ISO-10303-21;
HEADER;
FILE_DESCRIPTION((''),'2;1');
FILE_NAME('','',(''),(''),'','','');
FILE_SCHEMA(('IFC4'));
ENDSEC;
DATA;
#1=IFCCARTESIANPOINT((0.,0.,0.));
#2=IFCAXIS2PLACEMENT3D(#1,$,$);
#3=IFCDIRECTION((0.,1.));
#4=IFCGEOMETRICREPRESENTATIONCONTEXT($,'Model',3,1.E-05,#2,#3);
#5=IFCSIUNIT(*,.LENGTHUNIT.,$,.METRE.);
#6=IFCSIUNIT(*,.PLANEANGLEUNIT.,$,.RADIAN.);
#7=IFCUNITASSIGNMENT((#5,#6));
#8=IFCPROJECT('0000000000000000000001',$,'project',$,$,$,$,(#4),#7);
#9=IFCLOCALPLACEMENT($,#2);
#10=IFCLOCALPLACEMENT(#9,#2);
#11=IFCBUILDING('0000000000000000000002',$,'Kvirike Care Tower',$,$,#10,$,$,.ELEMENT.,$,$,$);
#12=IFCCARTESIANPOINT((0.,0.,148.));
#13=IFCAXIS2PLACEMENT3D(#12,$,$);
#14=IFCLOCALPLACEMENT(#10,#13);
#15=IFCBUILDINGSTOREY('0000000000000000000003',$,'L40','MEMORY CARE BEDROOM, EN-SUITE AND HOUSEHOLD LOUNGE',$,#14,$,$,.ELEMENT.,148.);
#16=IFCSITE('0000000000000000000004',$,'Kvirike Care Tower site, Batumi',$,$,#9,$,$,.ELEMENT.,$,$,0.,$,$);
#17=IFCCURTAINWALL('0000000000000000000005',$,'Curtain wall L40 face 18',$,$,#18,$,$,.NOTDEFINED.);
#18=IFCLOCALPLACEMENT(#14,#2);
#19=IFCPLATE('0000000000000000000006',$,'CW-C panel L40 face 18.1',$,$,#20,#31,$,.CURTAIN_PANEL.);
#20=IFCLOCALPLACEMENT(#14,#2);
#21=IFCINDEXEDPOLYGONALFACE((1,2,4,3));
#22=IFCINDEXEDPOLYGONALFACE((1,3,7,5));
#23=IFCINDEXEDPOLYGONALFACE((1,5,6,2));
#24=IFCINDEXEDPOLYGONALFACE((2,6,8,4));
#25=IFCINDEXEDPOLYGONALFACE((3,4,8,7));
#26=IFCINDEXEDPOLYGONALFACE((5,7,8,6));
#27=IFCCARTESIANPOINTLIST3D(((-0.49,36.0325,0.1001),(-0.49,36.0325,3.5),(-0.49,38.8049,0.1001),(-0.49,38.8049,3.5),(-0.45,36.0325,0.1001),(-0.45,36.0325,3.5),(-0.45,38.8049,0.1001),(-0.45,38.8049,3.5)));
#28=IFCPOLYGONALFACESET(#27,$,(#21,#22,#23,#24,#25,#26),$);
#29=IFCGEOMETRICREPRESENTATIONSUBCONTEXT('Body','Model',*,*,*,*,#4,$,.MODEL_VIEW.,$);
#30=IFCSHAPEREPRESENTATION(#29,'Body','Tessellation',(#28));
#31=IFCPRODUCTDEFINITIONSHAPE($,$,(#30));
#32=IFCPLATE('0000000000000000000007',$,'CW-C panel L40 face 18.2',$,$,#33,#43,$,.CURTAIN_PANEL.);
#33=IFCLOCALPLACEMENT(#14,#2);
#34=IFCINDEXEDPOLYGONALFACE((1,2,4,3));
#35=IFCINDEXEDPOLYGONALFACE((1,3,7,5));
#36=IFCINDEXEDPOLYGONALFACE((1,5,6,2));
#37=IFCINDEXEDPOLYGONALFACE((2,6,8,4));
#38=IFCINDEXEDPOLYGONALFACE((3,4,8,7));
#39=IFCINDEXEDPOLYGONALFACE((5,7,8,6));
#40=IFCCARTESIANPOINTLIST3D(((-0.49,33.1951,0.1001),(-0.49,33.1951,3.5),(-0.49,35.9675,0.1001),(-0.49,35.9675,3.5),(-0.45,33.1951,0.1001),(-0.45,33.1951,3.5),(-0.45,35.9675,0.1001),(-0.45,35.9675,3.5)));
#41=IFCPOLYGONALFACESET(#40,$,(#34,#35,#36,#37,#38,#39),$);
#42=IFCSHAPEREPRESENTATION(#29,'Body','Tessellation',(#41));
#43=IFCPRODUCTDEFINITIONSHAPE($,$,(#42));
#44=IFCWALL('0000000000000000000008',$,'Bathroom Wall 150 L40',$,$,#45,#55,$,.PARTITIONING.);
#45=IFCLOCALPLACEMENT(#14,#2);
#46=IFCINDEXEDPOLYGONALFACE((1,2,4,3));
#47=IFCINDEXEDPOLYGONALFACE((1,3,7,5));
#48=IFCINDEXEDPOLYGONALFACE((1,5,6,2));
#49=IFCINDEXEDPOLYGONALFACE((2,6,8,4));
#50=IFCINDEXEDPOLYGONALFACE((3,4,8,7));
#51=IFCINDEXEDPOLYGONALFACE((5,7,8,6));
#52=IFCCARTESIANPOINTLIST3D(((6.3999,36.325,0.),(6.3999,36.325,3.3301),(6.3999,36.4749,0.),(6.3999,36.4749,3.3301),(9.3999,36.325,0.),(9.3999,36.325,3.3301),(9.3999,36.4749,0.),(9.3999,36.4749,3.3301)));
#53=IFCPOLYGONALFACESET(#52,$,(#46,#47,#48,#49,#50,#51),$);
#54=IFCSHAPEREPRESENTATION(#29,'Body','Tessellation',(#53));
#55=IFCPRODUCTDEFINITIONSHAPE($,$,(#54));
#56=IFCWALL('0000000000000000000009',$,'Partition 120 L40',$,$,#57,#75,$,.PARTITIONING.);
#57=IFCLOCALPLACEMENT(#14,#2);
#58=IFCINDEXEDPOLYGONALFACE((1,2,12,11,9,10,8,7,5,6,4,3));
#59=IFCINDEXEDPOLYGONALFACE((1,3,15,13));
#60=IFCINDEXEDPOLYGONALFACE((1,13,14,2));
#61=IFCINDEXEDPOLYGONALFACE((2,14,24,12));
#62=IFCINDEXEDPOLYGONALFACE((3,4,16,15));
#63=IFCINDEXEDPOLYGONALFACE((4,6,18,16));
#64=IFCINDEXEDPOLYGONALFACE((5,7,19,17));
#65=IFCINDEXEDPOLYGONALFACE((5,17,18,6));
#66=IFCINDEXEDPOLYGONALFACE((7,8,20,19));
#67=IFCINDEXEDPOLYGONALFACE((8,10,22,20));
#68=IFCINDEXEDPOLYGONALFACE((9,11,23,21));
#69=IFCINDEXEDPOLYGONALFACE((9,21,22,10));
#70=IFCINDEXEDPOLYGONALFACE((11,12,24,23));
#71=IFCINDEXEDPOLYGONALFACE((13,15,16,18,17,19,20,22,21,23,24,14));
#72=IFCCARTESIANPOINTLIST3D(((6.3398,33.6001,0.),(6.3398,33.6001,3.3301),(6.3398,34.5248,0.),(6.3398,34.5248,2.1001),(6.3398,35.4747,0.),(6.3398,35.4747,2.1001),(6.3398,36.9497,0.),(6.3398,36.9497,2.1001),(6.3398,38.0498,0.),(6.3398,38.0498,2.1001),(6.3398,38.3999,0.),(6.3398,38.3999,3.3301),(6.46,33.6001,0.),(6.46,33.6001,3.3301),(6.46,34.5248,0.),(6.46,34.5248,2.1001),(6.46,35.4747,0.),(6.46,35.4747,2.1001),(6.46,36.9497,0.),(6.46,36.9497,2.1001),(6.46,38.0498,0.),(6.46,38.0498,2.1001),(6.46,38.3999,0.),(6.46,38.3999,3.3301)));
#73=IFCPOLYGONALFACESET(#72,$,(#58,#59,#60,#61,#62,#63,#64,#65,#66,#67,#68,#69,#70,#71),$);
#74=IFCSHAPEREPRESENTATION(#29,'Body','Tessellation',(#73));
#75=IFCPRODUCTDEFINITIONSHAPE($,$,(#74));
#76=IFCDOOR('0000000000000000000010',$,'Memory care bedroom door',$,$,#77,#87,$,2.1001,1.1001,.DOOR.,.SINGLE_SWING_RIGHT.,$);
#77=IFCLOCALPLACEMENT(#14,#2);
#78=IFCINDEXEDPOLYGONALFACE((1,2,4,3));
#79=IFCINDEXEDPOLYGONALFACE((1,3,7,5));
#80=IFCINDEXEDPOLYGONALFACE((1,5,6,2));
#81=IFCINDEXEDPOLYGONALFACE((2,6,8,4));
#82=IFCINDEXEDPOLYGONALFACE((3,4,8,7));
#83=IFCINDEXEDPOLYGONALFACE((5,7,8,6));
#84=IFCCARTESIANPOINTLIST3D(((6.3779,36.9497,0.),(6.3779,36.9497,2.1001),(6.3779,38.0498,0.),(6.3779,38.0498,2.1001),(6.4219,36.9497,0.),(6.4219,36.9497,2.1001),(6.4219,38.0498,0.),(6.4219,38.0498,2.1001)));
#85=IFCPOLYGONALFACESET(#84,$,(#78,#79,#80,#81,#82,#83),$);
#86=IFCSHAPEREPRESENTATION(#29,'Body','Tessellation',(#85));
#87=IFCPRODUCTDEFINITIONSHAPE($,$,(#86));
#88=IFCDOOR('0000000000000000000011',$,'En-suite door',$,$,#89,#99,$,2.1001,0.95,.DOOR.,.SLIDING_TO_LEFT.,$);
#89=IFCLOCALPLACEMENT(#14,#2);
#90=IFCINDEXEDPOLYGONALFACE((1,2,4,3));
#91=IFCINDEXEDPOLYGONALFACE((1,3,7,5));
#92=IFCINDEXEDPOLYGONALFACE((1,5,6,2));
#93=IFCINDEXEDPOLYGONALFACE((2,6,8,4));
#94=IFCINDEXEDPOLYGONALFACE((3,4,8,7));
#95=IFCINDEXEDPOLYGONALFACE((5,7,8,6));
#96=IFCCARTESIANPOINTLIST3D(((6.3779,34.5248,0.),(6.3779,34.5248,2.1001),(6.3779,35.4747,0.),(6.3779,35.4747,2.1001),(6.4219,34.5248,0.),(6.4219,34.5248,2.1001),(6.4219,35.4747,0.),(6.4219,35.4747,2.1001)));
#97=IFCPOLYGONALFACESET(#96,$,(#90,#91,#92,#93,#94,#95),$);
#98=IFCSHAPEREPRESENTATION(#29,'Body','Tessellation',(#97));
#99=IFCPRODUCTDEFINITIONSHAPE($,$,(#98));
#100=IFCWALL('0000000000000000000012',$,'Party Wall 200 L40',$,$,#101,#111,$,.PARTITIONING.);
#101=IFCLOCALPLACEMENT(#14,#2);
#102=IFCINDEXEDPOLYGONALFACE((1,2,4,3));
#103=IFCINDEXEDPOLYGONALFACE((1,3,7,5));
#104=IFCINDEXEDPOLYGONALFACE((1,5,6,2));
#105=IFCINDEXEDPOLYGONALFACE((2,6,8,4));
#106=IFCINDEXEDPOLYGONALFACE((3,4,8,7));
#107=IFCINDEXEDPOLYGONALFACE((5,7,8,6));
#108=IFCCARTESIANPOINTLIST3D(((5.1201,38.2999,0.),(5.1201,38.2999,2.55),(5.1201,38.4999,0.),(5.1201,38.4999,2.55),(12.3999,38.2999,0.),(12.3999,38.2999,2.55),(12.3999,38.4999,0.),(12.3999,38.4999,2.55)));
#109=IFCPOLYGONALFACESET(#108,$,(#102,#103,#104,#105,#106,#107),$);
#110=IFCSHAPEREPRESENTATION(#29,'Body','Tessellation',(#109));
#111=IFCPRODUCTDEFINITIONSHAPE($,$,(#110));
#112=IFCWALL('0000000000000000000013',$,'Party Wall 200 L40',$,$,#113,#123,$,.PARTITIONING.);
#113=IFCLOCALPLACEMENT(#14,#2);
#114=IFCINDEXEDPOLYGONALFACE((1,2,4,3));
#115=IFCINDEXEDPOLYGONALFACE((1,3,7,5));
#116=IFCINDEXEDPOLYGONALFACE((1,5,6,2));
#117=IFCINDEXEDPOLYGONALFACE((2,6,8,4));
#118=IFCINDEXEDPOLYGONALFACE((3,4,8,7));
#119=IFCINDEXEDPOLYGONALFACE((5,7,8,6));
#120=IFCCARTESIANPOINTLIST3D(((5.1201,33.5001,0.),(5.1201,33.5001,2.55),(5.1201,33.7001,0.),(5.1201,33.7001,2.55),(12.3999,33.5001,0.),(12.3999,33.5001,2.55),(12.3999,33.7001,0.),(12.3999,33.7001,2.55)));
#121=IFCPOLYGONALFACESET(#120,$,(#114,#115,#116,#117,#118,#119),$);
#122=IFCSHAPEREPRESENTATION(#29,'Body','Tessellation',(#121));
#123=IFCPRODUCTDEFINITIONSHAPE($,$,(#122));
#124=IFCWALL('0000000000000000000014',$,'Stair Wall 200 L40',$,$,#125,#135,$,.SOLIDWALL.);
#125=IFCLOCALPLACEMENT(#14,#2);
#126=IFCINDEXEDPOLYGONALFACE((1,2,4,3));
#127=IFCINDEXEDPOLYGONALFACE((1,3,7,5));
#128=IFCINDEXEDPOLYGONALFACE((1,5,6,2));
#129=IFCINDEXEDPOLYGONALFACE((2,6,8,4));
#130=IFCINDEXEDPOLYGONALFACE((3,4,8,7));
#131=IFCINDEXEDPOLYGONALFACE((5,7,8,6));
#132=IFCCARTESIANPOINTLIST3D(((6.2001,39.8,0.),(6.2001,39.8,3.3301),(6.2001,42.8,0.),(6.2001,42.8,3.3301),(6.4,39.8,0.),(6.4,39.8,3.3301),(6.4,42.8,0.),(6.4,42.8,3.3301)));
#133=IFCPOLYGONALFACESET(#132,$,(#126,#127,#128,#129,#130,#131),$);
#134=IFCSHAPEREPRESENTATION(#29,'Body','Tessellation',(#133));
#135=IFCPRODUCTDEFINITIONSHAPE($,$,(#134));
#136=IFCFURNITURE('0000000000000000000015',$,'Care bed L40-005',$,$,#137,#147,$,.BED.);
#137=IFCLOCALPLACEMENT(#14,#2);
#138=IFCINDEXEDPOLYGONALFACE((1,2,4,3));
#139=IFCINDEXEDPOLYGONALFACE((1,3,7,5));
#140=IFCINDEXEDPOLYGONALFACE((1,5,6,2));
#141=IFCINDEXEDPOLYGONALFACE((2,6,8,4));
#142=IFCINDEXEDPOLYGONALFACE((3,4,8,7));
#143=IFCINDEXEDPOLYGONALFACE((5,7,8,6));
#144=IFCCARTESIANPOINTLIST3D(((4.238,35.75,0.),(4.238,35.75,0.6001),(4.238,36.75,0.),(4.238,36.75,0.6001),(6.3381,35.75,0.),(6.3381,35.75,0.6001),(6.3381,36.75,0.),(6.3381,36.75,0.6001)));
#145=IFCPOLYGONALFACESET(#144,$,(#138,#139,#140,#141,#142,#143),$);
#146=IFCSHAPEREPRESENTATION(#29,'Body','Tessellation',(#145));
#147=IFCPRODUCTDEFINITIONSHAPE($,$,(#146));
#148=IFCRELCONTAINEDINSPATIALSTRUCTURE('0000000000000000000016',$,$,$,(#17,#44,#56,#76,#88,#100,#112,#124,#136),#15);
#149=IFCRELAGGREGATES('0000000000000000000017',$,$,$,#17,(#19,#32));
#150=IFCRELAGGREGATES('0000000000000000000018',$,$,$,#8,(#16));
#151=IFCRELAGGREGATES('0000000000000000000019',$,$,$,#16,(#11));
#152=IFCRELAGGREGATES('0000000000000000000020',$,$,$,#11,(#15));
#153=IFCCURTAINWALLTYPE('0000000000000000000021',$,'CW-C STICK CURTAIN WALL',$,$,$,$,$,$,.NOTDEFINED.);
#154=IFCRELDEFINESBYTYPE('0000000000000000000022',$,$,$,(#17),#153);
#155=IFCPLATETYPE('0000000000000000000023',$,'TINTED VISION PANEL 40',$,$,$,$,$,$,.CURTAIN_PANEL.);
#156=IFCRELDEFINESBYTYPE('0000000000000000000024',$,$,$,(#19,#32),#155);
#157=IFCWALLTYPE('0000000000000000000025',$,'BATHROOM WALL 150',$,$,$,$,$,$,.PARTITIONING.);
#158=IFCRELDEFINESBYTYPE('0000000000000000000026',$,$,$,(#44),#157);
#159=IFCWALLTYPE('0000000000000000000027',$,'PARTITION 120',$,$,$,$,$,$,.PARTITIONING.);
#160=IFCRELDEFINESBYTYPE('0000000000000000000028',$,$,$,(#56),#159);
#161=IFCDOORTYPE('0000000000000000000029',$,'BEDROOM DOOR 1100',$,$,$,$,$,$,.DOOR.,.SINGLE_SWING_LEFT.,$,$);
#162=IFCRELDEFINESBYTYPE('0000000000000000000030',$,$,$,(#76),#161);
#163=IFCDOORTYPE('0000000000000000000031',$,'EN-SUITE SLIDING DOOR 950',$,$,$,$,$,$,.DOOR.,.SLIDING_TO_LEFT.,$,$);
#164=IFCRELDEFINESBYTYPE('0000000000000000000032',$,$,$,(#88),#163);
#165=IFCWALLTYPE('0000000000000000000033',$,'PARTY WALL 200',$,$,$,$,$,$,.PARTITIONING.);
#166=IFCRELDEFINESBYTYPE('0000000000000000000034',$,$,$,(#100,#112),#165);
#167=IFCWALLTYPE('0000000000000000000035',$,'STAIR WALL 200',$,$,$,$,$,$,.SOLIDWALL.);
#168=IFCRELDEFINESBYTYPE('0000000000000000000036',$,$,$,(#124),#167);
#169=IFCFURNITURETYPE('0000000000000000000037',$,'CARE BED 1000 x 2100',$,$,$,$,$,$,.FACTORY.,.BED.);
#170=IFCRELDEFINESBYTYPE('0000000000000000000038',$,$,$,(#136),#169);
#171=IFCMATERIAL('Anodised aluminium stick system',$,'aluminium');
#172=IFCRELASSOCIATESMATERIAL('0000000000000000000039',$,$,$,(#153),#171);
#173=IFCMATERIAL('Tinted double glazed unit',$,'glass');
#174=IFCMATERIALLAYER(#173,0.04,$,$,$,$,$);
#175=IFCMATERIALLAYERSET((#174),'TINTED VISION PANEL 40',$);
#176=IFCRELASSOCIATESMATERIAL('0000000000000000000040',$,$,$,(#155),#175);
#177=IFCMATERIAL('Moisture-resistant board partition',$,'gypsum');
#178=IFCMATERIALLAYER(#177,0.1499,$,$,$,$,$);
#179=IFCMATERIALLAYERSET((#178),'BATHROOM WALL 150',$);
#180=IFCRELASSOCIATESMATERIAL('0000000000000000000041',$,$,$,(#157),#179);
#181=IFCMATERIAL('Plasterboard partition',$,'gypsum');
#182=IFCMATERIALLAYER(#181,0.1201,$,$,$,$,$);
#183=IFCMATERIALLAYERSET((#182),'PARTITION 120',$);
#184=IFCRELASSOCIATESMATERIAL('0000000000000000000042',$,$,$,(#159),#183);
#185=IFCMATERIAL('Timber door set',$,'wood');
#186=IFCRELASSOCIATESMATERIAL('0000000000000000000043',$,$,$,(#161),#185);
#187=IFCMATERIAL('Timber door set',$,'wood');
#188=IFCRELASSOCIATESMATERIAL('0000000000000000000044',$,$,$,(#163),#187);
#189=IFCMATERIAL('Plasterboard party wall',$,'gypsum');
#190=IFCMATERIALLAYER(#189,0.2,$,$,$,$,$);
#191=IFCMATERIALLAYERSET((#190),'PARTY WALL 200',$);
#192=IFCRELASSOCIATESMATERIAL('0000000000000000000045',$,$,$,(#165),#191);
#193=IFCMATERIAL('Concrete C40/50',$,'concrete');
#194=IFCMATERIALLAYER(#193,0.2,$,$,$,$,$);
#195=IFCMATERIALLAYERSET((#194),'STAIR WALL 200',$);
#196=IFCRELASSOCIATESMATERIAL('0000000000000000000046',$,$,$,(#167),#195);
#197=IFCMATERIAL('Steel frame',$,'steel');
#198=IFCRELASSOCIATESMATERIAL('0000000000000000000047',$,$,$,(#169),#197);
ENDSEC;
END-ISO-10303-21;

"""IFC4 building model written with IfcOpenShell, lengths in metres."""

from ifc_helpers import new_model, si_unit, direction, frame, frame_2d, origin, origin_2d, place, context, subcontext, project, spatial, rectangle, extrude, material, layer, layer_set, type_object, element, fill, aggregate, save


model = new_model("IFC4")

# Units and contexts
model_context = context("Model", 3, precision=1e-05, world=origin(), true_north=direction((0.0, 1.0)))
body_context = subcontext(model_context, "Body", "Model", "MODEL_VIEW")
ifc_project = project(units=[si_unit("LENGTHUNIT", "METRE"), si_unit("PLANEANGLEUNIT", "RADIAN")], contexts=[model_context])

# Site, building, storey
site_placement = place(None, origin())
site = spatial("IfcSite", under=ifc_project, at=site_placement, Name="Kvirike Care Tower site, Batumi", CompositionType="ELEMENT", RefElevation=0.0)
building_placement = place(site_placement, origin())
building = spatial("IfcBuilding", under=site, at=building_placement, Name="Kvirike Care Tower", CompositionType="ELEMENT")
storey_placement = place(building_placement, frame((0.0, 0.0, 148.0)))
storey = spatial("IfcBuildingStorey", under=building, at=storey_placement, Name="L40", Description="MEMORY CARE BEDROOM, EN-SUITE AND HOUSEHOLD LOUNGE", CompositionType="ELEMENT", Elevation=148.0)

# Curtain wall
ifc_material_1 = material(Name="Anodised aluminium stick system", Category="aluminium")
curtain_wall_type = type_object("IfcCurtainWallType", Name="CW-C STICK CURTAIN WALL", PredefinedType="NOTDEFINED", material=ifc_material_1)
curtain_wall_1_placement = place(storey_placement, origin())
curtain_wall_1 = element("IfcCurtainWall", 1, at=curtain_wall_1_placement, inside=storey, type_object=curtain_wall_type, Name="Curtain wall L40 face 18", PredefinedType="NOTDEFINED")

# Plates
ifc_material_2 = material(Name="Tinted double glazed unit", Category="glass")
ifc_layer_1 = layer(ifc_material_2, 0.04)
ifc_layer_set_1 = layer_set([ifc_layer_1], Name="TINTED VISION PANEL 40")
plate_type = type_object("IfcPlateType", Name="TINTED VISION PANEL 40", PredefinedType="CURTAIN_PANEL", material=ifc_layer_set_1)
plate_1_placement = place(storey_placement, frame((-0.47, 37.4187, 0.1001), z_axis=(0.0, 0.0, 1.0), x_axis=(0.0, -1.0, 0.0)))
plate_1 = element("IfcPlate", 2, at=plate_1_placement, type_object=plate_type, Name="CW-C panel L40 face 18.1", PredefinedType="CURTAIN_PANEL", context=body_context, shape_type="SweptSolid", body=[
    extrude(rectangle(XDim=2.7725, YDim=0.04, at=origin_2d()), origin(), (0.0, 0.0, 1.0), 3.3999),
])
plate_2_placement = place(storey_placement, frame((-0.47, 34.5813, 0.1001), z_axis=(0.0, 0.0, 1.0), x_axis=(0.0, -1.0, 0.0)))
plate_2 = element("IfcPlate", 3, at=plate_2_placement, type_object=plate_type, Name="CW-C panel L40 face 18.2", PredefinedType="CURTAIN_PANEL", context=body_context, shape_type="SweptSolid", body=[
    extrude(rectangle(XDim=2.7725, YDim=0.04, at=origin_2d()), origin(), (0.0, 0.0, 1.0), 3.3999),
])
aggregate(curtain_wall_1, [plate_1, plate_2])

# Wall
ifc_material_3 = material(Name="Moisture-resistant board partition", Category="gypsum")
ifc_layer_2 = layer(ifc_material_3, 0.1499)
ifc_layer_set_2 = layer_set([ifc_layer_2], Name="BATHROOM WALL 150")
wall_type_1 = type_object("IfcWallType", Name="BATHROOM WALL 150", PredefinedType="PARTITIONING", material=ifc_layer_set_2)
wall_1_placement = place(storey_placement, frame((6.3999, 36.3999, 0.0), z_axis=(0.0, 0.0, 1.0), x_axis=(1.0, 0.0, 0.0)))
element("IfcWall", 4, at=wall_1_placement, inside=storey, type_object=wall_type_1, Name="Bathroom Wall 150 L40", PredefinedType="PARTITIONING", context=body_context, shape_type="SweptSolid", body=[
    extrude(rectangle(XDim=3.0, YDim=0.1499, at=frame_2d((1.5, 0.0))), origin(), (0.0, 0.0, 1.0), 3.3301),
])

# Wall, openings, doors
ifc_material_4 = material(Name="Plasterboard partition", Category="gypsum")
ifc_layer_3 = layer(ifc_material_4, 0.1201)
ifc_layer_set_3 = layer_set([ifc_layer_3], Name="PARTITION 120")
wall_type_2 = type_object("IfcWallType", Name="PARTITION 120", PredefinedType="PARTITIONING", material=ifc_layer_set_3)
wall_2_placement = place(storey_placement, frame((6.3999, 38.3999, 0.0), z_axis=(0.0, 0.0, 1.0), x_axis=(0.0, -1.0, 0.0)))
wall_2 = element("IfcWall", 5, at=wall_2_placement, inside=storey, type_object=wall_type_2, Name="Partition 120 L40", PredefinedType="PARTITIONING", context=body_context, shape_type="SweptSolid", body=[
    extrude(rectangle(XDim=4.7998, YDim=0.1201, at=frame_2d((2.3999, 0.0))), origin(), (0.0, 0.0, 1.0), 3.3301),
])
opening_1_placement = place(wall_2_placement, frame((0.3501, 0.0, 0.0)))
opening_1 = element("IfcOpeningElement", 6, at=opening_1_placement, cuts=wall_2, PredefinedType="OPENING", context=body_context, shape_type="SweptSolid", body=[
    extrude(rectangle(XDim=1.1001, YDim=2.1001, at=frame_2d((0.55, 1.05))), frame((0.0, 0.0706, 0.0), z_axis=(0.0, -1.0, 0.0), x_axis=(1.0, 0.0, 0.0)), (0.0, 0.0, 1.0), 0.1411),
])
opening_2_placement = place(wall_2_placement, frame((2.925, 0.0, 0.0)))
opening_2 = element("IfcOpeningElement", 7, at=opening_2_placement, cuts=wall_2, PredefinedType="OPENING", context=body_context, shape_type="SweptSolid", body=[
    extrude(rectangle(XDim=0.95, YDim=2.1001, at=frame_2d((0.4751, 1.05))), frame((0.0, 0.0706, 0.0), z_axis=(0.0, -1.0, 0.0), x_axis=(1.0, 0.0, 0.0)), (0.0, 0.0, 1.0), 0.1411),
])
ifc_material_5 = material(Name="Timber door set", Category="wood")
door_type_1 = type_object("IfcDoorType", Name="BEDROOM DOOR 1100", OperationType="SINGLE_SWING_LEFT", PredefinedType="DOOR", material=ifc_material_5)
door_1_placement = place(opening_1_placement, origin())
door_1 = element("IfcDoor", 8, at=door_1_placement, inside=storey, type_object=door_type_1, Name="Memory care bedroom door", OperationType="SINGLE_SWING_RIGHT", OverallHeight=2.1001, OverallWidth=1.1001, PredefinedType="DOOR", context=body_context, shape_type="SweptSolid", body=[
    extrude(rectangle(XDim=1.1001, YDim=2.1001, at=frame_2d((0.55, 1.05))), frame((0.0, 0.022, 0.0), z_axis=(0.0, -1.0, 0.0), x_axis=(1.0, 0.0, 0.0)), (0.0, 0.0, 1.0), 0.0439),
])
fill(opening_1, door_1)
ifc_material_6 = material(Name="Timber door set", Category="wood")
door_type_2 = type_object("IfcDoorType", Name="EN-SUITE SLIDING DOOR 950", OperationType="SLIDING_TO_LEFT", PredefinedType="DOOR", material=ifc_material_6)
door_2_placement = place(opening_2_placement, origin())
door_2 = element("IfcDoor", 9, at=door_2_placement, inside=storey, type_object=door_type_2, Name="En-suite door", OperationType="SLIDING_TO_LEFT", OverallHeight=2.1001, OverallWidth=0.95, PredefinedType="DOOR", context=body_context, shape_type="SweptSolid", body=[
    extrude(rectangle(XDim=0.95, YDim=2.1001, at=frame_2d((0.4751, 1.05))), frame((0.0, 0.022, 0.0), z_axis=(0.0, -1.0, 0.0), x_axis=(1.0, 0.0, 0.0)), (0.0, 0.0, 1.0), 0.0439),
])
fill(opening_2, door_2)

# Walls
ifc_material_7 = material(Name="Plasterboard party wall", Category="gypsum")
ifc_layer_4 = layer(ifc_material_7, 0.2)
ifc_layer_set_4 = layer_set([ifc_layer_4], Name="PARTY WALL 200")
wall_type_3 = type_object("IfcWallType", Name="PARTY WALL 200", PredefinedType="PARTITIONING", material=ifc_layer_set_4)
for number, where, z_axis, x_axis, name in (
    (10, (5.1201, 38.3999, 0.0), (0.0, 0.0, 1.0), (1.0, 0.0, 0.0), "Party Wall 200 L40"),
    (11, (5.1201, 33.6001, 0.0), (0.0, 0.0, 1.0), (1.0, 0.0, 0.0), "Party Wall 200 L40"),
):
    element("IfcWall", number, at=place(storey_placement, frame(where, z_axis=z_axis, x_axis=x_axis)), inside=storey, type_object=wall_type_3, Name=name, PredefinedType="PARTITIONING", context=body_context, shape_type="SweptSolid", body=[
        extrude(rectangle(XDim=7.2798, YDim=0.2, at=frame_2d((3.6399, 0.0))), origin(), (0.0, 0.0, 1.0), 2.55),
    ])
ifc_material_8 = material(Name="Concrete C40/50", Category="concrete")
ifc_layer_5 = layer(ifc_material_8, 0.2)
ifc_layer_set_5 = layer_set([ifc_layer_5], Name="STAIR WALL 200")
wall_type_4 = type_object("IfcWallType", Name="STAIR WALL 200", PredefinedType="SOLIDWALL", material=ifc_layer_set_5)
wall_3_placement = place(storey_placement, frame((6.3, 42.8, 0.0), z_axis=(0.0, 0.0, 1.0), x_axis=(0.0, -1.0, 0.0)))
element("IfcWall", 12, at=wall_3_placement, inside=storey, type_object=wall_type_4, Name="Stair Wall 200 L40", PredefinedType="SOLIDWALL", context=body_context, shape_type="SweptSolid", body=[
    extrude(rectangle(XDim=3.0, YDim=0.2, at=frame_2d((1.5, 0.0))), origin(), (0.0, 0.0, 1.0), 3.3301),
])

# Furniture
ifc_material_9 = material(Name="Steel frame", Category="steel")
furniture_type = type_object("IfcFurnitureType", Name="CARE BED 1000 x 2100", AssemblyPlace="FACTORY", PredefinedType="BED", material=ifc_material_9)
furniture_placement = place(storey_placement, frame((5.2881, 36.25, 0.0), z_axis=(0.0, 0.0, 1.0), x_axis=(0.0, -1.0, 0.0)))
element("IfcFurniture", 13, at=furniture_placement, inside=storey, type_object=furniture_type, Name="Care bed L40-005", PredefinedType="BED", context=body_context, shape_type="SweptSolid", body=[
    extrude(rectangle(XDim=1.0, YDim=2.1001, at=origin_2d()), origin(), (0.0, 0.0, 1.0), 0.6001),
])

save(model, "model.ifc")
